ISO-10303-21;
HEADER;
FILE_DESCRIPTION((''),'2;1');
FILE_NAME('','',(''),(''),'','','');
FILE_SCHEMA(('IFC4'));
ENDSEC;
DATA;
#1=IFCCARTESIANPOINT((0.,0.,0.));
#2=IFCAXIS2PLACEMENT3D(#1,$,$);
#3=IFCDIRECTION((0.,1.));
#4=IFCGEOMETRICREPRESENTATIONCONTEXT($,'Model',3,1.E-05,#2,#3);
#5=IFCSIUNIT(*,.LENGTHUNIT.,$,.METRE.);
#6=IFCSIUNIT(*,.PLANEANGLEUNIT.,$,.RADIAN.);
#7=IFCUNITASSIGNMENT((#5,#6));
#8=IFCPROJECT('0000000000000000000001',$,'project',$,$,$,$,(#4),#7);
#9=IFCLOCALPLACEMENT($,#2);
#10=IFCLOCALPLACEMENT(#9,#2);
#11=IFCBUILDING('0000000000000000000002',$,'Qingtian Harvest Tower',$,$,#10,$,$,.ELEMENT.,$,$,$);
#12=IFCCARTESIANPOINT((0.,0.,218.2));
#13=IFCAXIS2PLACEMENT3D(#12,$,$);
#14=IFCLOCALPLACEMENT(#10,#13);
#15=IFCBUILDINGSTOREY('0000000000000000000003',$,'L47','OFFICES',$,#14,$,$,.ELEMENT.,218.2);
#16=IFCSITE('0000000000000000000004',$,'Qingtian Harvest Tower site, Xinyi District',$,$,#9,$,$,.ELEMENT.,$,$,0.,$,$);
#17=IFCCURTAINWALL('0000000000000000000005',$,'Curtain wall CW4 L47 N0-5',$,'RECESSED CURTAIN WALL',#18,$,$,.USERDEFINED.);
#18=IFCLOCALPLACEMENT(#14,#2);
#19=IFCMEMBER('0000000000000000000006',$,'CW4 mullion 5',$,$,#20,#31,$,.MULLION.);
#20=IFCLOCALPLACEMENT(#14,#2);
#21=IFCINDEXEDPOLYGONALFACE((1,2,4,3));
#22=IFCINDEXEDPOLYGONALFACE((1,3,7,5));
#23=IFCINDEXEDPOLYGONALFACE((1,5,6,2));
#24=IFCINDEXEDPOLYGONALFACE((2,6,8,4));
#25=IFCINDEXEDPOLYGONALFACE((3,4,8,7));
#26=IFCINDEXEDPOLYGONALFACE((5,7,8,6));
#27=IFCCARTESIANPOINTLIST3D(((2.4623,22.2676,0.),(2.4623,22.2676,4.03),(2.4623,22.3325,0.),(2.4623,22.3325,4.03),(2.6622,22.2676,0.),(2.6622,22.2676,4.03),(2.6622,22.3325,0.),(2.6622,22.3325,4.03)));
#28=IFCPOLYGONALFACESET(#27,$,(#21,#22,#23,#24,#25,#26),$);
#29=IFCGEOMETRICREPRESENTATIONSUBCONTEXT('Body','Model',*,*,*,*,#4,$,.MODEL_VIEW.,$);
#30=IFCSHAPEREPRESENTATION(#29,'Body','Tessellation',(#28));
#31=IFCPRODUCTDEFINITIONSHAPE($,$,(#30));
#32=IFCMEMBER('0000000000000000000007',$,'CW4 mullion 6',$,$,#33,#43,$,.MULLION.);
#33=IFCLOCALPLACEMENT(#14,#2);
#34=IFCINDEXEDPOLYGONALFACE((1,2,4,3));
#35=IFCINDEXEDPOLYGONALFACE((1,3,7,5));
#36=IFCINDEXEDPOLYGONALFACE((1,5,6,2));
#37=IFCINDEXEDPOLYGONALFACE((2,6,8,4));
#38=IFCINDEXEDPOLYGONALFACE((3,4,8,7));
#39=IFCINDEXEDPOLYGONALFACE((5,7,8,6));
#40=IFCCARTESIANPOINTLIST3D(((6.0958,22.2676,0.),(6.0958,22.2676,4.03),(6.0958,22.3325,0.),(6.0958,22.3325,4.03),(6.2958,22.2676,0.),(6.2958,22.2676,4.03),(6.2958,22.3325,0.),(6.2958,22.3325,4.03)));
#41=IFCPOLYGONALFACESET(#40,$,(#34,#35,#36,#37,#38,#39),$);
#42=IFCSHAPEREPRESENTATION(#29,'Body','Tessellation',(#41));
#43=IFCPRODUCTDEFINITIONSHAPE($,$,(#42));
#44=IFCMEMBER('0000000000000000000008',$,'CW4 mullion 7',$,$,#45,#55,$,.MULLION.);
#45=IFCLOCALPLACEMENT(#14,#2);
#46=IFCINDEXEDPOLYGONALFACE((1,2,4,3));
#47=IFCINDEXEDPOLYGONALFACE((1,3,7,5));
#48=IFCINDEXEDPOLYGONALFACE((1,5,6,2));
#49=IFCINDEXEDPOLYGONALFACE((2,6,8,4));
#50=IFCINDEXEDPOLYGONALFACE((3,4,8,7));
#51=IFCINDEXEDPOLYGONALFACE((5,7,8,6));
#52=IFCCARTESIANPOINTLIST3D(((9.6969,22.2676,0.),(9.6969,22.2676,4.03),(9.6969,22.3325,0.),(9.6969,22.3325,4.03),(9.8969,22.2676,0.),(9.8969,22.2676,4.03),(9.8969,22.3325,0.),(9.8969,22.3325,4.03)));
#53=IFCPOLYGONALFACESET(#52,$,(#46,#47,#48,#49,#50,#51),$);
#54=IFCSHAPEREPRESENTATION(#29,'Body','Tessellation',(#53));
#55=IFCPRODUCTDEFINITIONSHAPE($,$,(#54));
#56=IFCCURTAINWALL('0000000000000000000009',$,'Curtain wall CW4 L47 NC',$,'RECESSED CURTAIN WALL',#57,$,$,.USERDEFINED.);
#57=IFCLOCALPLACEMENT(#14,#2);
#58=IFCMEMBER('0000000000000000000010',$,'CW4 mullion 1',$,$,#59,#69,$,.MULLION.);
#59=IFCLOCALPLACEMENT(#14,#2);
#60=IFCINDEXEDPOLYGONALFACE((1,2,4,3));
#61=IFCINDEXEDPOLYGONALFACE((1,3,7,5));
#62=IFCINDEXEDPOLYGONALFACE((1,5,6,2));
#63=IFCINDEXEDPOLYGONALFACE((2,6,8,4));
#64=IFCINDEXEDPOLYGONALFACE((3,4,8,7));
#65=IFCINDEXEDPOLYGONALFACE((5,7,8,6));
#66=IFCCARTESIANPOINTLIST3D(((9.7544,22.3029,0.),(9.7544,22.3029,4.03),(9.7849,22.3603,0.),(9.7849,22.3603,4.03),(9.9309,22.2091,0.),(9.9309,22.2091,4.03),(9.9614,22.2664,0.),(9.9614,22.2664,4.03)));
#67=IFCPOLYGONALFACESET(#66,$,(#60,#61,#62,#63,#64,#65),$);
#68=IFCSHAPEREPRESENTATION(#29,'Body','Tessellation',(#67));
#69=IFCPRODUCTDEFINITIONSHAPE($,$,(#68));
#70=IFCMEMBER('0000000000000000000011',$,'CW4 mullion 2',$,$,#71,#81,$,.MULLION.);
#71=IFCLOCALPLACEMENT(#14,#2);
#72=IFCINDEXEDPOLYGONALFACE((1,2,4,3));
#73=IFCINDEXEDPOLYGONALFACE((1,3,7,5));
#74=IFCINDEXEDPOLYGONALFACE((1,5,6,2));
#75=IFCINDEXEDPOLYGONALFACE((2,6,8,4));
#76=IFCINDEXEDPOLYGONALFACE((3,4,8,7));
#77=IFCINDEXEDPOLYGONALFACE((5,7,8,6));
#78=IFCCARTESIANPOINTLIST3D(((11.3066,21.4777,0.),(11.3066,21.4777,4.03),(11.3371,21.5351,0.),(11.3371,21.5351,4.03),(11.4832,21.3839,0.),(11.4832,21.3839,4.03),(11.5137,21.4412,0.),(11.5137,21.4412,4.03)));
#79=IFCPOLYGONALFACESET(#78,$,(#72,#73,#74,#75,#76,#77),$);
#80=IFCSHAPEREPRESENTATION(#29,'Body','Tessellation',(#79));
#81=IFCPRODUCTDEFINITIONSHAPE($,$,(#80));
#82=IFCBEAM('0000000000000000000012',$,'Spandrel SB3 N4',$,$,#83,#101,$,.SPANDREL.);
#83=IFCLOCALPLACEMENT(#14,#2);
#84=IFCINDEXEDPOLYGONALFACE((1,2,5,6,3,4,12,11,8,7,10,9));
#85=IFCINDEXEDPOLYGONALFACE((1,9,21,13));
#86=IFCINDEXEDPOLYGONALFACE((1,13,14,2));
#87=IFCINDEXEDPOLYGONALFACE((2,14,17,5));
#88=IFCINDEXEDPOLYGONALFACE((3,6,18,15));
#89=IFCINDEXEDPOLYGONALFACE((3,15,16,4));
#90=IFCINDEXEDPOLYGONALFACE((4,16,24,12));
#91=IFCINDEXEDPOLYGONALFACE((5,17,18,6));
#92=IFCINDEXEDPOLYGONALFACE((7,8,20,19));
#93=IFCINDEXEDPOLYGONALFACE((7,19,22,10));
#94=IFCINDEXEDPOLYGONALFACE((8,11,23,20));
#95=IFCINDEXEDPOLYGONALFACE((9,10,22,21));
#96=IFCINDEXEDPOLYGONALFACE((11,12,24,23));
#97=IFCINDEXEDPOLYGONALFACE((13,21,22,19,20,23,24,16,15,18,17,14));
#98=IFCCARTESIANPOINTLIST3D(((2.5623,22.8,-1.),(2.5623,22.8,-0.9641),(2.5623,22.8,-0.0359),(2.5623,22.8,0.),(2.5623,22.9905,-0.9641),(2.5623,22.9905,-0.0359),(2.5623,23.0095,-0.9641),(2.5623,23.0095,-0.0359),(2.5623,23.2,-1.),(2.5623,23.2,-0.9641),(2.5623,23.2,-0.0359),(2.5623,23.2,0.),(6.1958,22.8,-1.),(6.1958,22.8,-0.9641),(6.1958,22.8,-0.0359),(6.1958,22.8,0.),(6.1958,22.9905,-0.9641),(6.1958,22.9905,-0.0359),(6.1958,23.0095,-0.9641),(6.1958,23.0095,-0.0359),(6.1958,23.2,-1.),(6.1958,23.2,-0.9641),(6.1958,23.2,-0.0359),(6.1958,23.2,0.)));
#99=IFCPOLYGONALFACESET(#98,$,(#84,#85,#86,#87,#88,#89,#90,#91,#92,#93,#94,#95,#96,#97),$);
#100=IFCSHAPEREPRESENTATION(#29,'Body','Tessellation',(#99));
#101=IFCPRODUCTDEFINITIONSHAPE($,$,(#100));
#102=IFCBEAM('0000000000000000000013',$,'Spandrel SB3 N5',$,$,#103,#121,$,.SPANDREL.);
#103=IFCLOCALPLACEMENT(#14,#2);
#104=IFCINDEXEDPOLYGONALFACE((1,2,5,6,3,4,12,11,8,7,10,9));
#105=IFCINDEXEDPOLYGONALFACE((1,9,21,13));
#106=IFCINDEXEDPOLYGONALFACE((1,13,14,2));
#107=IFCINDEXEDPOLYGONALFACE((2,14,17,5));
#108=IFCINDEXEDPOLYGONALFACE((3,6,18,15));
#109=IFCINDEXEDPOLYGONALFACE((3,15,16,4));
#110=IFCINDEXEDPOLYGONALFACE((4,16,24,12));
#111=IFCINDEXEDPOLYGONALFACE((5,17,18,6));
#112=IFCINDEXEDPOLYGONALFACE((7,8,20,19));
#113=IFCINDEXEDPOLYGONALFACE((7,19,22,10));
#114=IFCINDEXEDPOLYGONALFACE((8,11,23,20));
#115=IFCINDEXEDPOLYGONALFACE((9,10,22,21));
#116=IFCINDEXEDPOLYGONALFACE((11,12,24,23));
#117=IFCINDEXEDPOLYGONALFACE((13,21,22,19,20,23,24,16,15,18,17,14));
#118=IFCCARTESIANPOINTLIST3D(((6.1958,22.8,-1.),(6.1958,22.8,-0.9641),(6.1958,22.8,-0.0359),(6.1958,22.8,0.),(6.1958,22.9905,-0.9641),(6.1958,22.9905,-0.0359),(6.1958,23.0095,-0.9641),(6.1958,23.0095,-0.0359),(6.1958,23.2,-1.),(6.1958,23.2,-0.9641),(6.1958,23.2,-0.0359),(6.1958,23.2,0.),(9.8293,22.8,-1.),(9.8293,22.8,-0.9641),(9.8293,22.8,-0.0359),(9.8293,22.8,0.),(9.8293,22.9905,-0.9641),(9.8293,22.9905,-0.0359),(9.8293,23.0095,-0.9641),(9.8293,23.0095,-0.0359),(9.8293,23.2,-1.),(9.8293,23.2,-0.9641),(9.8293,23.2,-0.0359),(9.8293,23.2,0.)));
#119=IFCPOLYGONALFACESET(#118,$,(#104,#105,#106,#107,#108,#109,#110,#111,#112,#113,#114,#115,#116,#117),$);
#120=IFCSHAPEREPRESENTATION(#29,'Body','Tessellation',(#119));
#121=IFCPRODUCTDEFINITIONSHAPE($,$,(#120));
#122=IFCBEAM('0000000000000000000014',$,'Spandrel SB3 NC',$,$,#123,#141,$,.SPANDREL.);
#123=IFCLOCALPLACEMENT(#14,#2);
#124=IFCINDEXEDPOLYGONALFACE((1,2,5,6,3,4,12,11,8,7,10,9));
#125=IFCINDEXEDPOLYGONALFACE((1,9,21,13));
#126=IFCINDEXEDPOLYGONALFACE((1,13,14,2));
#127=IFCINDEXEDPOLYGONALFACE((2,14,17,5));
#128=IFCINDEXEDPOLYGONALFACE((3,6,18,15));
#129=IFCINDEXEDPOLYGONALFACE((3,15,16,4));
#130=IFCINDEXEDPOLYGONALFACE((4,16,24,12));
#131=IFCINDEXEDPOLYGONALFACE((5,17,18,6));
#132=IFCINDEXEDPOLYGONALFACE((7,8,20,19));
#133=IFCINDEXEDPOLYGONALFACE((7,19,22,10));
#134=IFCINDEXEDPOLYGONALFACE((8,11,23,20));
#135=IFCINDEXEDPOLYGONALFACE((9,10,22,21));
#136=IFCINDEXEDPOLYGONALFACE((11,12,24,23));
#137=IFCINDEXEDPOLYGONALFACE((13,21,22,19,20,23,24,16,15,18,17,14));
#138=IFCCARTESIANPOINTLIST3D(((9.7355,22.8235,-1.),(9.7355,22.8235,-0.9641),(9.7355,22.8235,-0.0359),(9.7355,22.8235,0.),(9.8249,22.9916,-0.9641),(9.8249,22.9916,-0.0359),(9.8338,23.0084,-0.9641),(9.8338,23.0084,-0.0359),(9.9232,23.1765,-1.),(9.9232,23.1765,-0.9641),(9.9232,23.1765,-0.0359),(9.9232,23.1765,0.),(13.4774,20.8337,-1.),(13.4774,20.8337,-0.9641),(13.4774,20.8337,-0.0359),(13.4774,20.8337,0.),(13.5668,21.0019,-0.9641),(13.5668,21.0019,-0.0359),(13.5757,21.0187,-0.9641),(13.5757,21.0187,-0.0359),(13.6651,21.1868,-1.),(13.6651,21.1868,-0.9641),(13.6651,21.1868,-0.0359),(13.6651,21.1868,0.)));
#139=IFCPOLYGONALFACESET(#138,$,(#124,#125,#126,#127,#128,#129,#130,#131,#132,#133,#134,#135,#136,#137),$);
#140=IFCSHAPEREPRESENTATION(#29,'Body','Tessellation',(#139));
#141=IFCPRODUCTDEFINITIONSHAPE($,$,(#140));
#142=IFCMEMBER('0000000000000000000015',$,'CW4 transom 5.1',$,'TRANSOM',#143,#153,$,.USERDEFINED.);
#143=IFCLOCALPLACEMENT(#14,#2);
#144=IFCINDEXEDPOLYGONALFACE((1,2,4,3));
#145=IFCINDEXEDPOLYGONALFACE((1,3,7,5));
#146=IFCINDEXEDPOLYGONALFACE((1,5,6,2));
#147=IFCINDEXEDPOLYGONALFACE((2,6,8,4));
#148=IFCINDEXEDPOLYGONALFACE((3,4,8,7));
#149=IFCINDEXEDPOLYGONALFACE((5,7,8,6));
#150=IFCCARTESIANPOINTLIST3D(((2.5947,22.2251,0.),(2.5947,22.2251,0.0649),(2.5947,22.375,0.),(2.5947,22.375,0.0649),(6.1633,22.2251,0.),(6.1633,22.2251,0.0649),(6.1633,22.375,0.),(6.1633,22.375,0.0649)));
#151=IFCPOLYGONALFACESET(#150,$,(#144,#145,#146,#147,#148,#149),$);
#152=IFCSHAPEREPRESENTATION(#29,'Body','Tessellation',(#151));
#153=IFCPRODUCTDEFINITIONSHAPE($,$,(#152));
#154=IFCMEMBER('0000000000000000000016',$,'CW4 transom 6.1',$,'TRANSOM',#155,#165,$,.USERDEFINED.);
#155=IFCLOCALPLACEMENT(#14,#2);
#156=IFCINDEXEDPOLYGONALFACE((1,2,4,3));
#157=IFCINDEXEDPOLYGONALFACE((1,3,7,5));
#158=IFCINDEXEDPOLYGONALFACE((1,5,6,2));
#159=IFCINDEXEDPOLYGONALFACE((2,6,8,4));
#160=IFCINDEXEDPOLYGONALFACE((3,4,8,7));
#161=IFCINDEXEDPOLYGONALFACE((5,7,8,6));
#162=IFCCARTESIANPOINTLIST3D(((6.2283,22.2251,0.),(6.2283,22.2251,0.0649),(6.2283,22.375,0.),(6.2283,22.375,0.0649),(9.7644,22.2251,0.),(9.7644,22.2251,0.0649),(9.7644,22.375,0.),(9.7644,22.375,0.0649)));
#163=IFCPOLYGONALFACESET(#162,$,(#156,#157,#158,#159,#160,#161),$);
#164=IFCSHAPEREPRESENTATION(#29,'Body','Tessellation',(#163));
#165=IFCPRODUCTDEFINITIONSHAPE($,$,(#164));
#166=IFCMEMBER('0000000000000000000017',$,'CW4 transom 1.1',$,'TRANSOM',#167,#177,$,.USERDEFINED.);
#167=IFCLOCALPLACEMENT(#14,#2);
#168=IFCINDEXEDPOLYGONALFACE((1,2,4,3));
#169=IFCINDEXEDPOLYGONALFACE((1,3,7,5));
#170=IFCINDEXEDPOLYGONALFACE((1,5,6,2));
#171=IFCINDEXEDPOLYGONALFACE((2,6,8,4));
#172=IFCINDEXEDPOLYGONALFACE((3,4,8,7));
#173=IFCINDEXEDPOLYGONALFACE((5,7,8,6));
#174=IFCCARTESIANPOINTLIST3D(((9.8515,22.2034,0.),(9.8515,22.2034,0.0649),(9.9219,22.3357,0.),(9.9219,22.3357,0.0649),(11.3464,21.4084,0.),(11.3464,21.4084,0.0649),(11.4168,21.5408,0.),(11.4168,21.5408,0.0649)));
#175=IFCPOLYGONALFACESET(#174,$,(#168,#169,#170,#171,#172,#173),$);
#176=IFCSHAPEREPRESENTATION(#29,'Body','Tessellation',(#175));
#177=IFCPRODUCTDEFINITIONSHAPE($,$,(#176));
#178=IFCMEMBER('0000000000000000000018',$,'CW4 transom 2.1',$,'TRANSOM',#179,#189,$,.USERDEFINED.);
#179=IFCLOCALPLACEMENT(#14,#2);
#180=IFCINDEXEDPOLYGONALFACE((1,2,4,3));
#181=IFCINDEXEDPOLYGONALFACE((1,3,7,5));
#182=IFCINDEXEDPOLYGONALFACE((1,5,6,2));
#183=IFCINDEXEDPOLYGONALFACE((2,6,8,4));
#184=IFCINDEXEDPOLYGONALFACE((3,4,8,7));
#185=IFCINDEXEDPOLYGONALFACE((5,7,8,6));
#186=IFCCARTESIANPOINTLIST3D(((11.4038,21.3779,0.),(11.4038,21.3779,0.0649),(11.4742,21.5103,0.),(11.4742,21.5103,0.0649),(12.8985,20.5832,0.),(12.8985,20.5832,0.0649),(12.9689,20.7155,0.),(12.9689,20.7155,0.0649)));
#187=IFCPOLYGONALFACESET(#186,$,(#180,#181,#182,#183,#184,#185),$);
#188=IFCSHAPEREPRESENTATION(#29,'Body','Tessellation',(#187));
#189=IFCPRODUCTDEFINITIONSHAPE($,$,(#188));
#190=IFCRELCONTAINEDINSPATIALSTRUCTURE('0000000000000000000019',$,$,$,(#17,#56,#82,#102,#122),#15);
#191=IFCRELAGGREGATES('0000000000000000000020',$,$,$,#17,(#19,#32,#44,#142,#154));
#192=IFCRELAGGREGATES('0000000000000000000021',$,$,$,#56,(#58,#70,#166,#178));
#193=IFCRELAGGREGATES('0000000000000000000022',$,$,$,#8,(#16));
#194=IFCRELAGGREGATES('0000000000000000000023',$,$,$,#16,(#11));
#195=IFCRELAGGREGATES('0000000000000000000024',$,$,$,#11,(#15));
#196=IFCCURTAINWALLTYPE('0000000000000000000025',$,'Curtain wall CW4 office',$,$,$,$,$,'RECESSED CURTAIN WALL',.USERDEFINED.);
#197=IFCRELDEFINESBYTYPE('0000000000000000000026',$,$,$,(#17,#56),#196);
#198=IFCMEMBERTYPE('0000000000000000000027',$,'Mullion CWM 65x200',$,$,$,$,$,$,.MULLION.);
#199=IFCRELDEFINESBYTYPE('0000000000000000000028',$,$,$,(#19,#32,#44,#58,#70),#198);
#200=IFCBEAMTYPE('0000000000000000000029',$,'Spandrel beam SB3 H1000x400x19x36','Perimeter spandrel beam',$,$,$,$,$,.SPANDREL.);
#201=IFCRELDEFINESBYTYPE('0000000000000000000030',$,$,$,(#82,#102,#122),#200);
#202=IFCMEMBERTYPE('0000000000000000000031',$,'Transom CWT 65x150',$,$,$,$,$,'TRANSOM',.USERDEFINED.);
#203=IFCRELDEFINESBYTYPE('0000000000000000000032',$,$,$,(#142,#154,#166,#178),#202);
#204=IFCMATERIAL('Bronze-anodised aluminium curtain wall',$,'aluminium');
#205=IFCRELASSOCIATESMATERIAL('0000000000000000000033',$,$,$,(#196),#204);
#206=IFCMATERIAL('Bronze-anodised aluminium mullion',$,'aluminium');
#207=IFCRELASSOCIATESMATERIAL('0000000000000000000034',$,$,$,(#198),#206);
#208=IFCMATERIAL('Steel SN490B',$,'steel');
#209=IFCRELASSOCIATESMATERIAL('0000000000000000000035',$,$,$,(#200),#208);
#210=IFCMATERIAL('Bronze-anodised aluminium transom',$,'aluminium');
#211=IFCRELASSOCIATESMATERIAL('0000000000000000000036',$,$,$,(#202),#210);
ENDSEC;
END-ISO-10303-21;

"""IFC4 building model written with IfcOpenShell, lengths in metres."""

from ifc_helpers import new_model, si_unit, direction, frame, origin, origin_2d, place, context, subcontext, project, spatial, rectangle, i_section, extrude, material, material_profile, profile_set, type_object, element, aggregate, save


model = new_model("IFC4")

# Units and contexts
model_context = context("Model", 3, precision=1e-05, world=origin(), true_north=direction((0.0, 1.0)))
body_context = subcontext(model_context, "Body", "Model", "MODEL_VIEW")
ifc_project = project(units=[si_unit("LENGTHUNIT", "METRE"), si_unit("PLANEANGLEUNIT", "RADIAN")], contexts=[model_context])

# Site, building, storey
site_placement = place(None, origin())
site = spatial("IfcSite", under=ifc_project, at=site_placement, Name="Qingtian Harvest Tower site, Xinyi District", CompositionType="ELEMENT", RefElevation=0.0)
building_placement = place(site_placement, origin())
building = spatial("IfcBuilding", under=site, at=building_placement, Name="Qingtian Harvest Tower", CompositionType="ELEMENT")
storey_placement = place(building_placement, frame((0.0, 0.0, 218.2)))
storey = spatial("IfcBuildingStorey", under=building, at=storey_placement, Name="L47", Description="OFFICES", CompositionType="ELEMENT", Elevation=218.2)

# Curtain walls, members
ifc_material_1 = material(Name="Bronze-anodised aluminium curtain wall", Category="aluminium")
curtain_wall_type = type_object("IfcCurtainWallType", Name="Curtain wall CW4 office", ElementType="RECESSED CURTAIN WALL", PredefinedType="USERDEFINED", material=ifc_material_1)
curtain_wall_1_placement = place(storey_placement, origin())
curtain_wall_1 = element("IfcCurtainWall", 1, at=curtain_wall_1_placement, inside=storey, type_object=curtain_wall_type, Name="Curtain wall CW4 L47 N0-5", ObjectType="RECESSED CURTAIN WALL", PredefinedType="USERDEFINED")
ifc_material_2 = material(Name="Bronze-anodised aluminium mullion", Category="aluminium")
ifc_material_profile_1 = material_profile(ifc_material_2, rectangle(XDim=0.0649, YDim=0.2, at=origin_2d()), Name="AL 65x200")
ifc_profile_set_1 = profile_set([ifc_material_profile_1], Name="Bronze-anodised aluminium mullion")
member_type_1 = type_object("IfcMemberType", Name="Mullion CWM 65x200", PredefinedType="MULLION", material=ifc_profile_set_1)
member_1_placement = place(storey_placement, frame((2.5623, 22.3, 0.0), z_axis=(0.0, 0.0, 1.0), x_axis=(0.0, 1.0, 0.0)))
member_1 = element("IfcMember", 2, at=member_1_placement, type_object=member_type_1, Name="CW4 mullion 5", PredefinedType="MULLION", context=body_context, shape_type="SweptSolid", body=[
    extrude(rectangle(XDim=0.0649, YDim=0.2, at=origin_2d()), origin(), (0.0, 0.0, 1.0), 4.03),
])
member_2_placement = place(storey_placement, frame((6.1958, 22.3, 0.0), z_axis=(0.0, 0.0, 1.0), x_axis=(0.0, 1.0, 0.0)))
member_2 = element("IfcMember", 3, at=member_2_placement, type_object=member_type_1, Name="CW4 mullion 6", PredefinedType="MULLION", context=body_context, shape_type="SweptSolid", body=[
    extrude(rectangle(XDim=0.0649, YDim=0.2, at=origin_2d()), origin(), (0.0, 0.0, 1.0), 4.03),
])
member_3_placement = place(storey_placement, frame((9.7969, 22.3, 0.0), z_axis=(0.0, 0.0, 1.0), x_axis=(0.0, 1.0, 0.0)))
member_3 = element("IfcMember", 4, at=member_3_placement, type_object=member_type_1, Name="CW4 mullion 7", PredefinedType="MULLION", context=body_context, shape_type="SweptSolid", body=[
    extrude(rectangle(XDim=0.0649, YDim=0.2, at=origin_2d()), origin(), (0.0, 0.0, 1.0), 4.03),
])
curtain_wall_2_placement = place(storey_placement, origin())
curtain_wall_2 = element("IfcCurtainWall", 5, at=curtain_wall_2_placement, inside=storey, type_object=curtain_wall_type, Name="Curtain wall CW4 L47 NC", ObjectType="RECESSED CURTAIN WALL", PredefinedType="USERDEFINED")
member_4_placement = place(storey_placement, frame((9.8579, 22.2847, 0.0), z_axis=(0.0, 0.0, 1.0), x_axis=(0.469472, 0.882948, 0.0)))
member_4 = element("IfcMember", 6, at=member_4_placement, type_object=member_type_1, Name="CW4 mullion 1", PredefinedType="MULLION", context=body_context, shape_type="SweptSolid", body=[
    extrude(rectangle(XDim=0.0649, YDim=0.2, at=origin_2d()), origin(), (0.0, 0.0, 1.0), 4.03),
])
member_5_placement = place(storey_placement, frame((11.4102, 21.4595, 0.0), z_axis=(0.0, 0.0, 1.0), x_axis=(0.469472, 0.882948, 0.0)))
member_5 = element("IfcMember", 7, at=member_5_placement, type_object=member_type_1, Name="CW4 mullion 2", PredefinedType="MULLION", context=body_context, shape_type="SweptSolid", body=[
    extrude(rectangle(XDim=0.0649, YDim=0.2, at=origin_2d()), origin(), (0.0, 0.0, 1.0), 4.03),
])

# Beams
ifc_material_3 = material(Name="Steel SN490B", Category="steel")
ifc_material_profile_2 = material_profile(ifc_material_3, i_section(OverallWidth=0.3999, OverallDepth=1.0, WebThickness=0.019, FlangeThickness=0.0359, at=origin_2d()), Name="H1000x400x19x36")
ifc_profile_set_2 = profile_set([ifc_material_profile_2], Name="Steel SN490B")
beam_type_1 = type_object("IfcBeamType", Name="Spandrel beam SB3 H1000x400x19x36", Description="Perimeter spandrel beam", PredefinedType="SPANDREL", material=ifc_profile_set_2)
for number, where, z_axis, x_axis, name in (
    (8, (2.5623, 23.0, -0.5), (1.0, 0.0, 0.0), (0.0, 1.0, 0.0), "Spandrel SB3 N4"),
    (9, (6.1958, 23.0, -0.5), (1.0, 0.0, 0.0), (0.0, 1.0, 0.0), "Spandrel SB3 N5"),
):
    element("IfcBeam", number, at=place(storey_placement, frame(where, z_axis=z_axis, x_axis=x_axis)), inside=storey, type_object=beam_type_1, Name=name, PredefinedType="SPANDREL", context=body_context, shape_type="SweptSolid", body=[
        extrude(i_section(OverallWidth=0.3999, OverallDepth=1.0, WebThickness=0.019, FlangeThickness=0.0359, at=origin_2d()), origin(), (0.0, 0.0, 1.0), 3.6335),
    ])
beam_1_placement = place(storey_placement, frame((9.8293, 23.0, -0.5), z_axis=(0.882936, -0.469494, 0.0), x_axis=(0.469494, 0.882936, 0.0)))
element("IfcBeam", 10, at=beam_1_placement, inside=storey, type_object=beam_type_1, Name="Spandrel SB3 NC", PredefinedType="SPANDREL", context=body_context, shape_type="SweptSolid", body=[
    extrude(i_section(OverallWidth=0.3999, OverallDepth=1.0, WebThickness=0.019, FlangeThickness=0.0359, at=origin_2d()), origin(), (0.0, 0.0, 1.0), 4.238),
])

# Members
ifc_material_4 = material(Name="Bronze-anodised aluminium transom", Category="aluminium")
ifc_material_profile_3 = material_profile(ifc_material_4, rectangle(XDim=0.1499, YDim=0.0649, at=origin_2d()), Name="AL 65x150")
ifc_profile_set_3 = profile_set([ifc_material_profile_3], Name="Bronze-anodised aluminium transom")
member_type_2 = type_object("IfcMemberType", Name="Transom CWT 65x150", ElementType="TRANSOM", PredefinedType="USERDEFINED", material=ifc_profile_set_3)
member_6_placement = place(storey_placement, frame((2.5947, 22.3, 0.0325), z_axis=(1.0, 0.0, 0.0), x_axis=(0.0, 1.0, 0.0)))
member_6 = element("IfcMember", 11, at=member_6_placement, type_object=member_type_2, Name="CW4 transom 5.1", ObjectType="TRANSOM", PredefinedType="USERDEFINED", context=body_context, shape_type="SweptSolid", body=[
    extrude(rectangle(XDim=0.1499, YDim=0.0649, at=origin_2d()), origin(), (0.0, 0.0, 1.0), 3.5686),
])
member_7_placement = place(storey_placement, frame((6.2283, 22.3, 0.0325), z_axis=(1.0, 0.0, 0.0), x_axis=(0.0, 1.0, 0.0)))
member_7 = element("IfcMember", 12, at=member_7_placement, type_object=member_type_2, Name="CW4 transom 6.1", ObjectType="TRANSOM", PredefinedType="USERDEFINED", context=body_context, shape_type="SweptSolid", body=[
    extrude(rectangle(XDim=0.1499, YDim=0.0649, at=origin_2d()), origin(), (0.0, 0.0, 1.0), 3.5361),
])
member_8_placement = place(storey_placement, frame((9.8867, 22.2695, 0.0325), z_axis=(0.882927, -0.46951, 0.0), x_axis=(0.46951, 0.882927, 0.0)))
member_8 = element("IfcMember", 13, at=member_8_placement, type_object=member_type_2, Name="CW4 transom 1.1", ObjectType="TRANSOM", PredefinedType="USERDEFINED", context=body_context, shape_type="SweptSolid", body=[
    extrude(rectangle(XDim=0.1499, YDim=0.0649, at=origin_2d()), origin(), (0.0, 0.0, 1.0), 1.6931),
])
member_9_placement = place(storey_placement, frame((11.439, 21.4441, 0.0325), z_axis=(0.882955, -0.469457, 0.0), x_axis=(0.469457, 0.882955, 0.0)))
member_9 = element("IfcMember", 14, at=member_9_placement, type_object=member_type_2, Name="CW4 transom 2.1", ObjectType="TRANSOM", PredefinedType="USERDEFINED", context=body_context, shape_type="SweptSolid", body=[
    extrude(rectangle(XDim=0.1499, YDim=0.0649, at=origin_2d()), origin(), (0.0, 0.0, 1.0), 1.6929),
])

aggregate(curtain_wall_1, [member_1, member_2, member_3, member_6, member_7])
aggregate(curtain_wall_2, [member_4, member_5, member_8, member_9])

save(model, "model.ifc")
